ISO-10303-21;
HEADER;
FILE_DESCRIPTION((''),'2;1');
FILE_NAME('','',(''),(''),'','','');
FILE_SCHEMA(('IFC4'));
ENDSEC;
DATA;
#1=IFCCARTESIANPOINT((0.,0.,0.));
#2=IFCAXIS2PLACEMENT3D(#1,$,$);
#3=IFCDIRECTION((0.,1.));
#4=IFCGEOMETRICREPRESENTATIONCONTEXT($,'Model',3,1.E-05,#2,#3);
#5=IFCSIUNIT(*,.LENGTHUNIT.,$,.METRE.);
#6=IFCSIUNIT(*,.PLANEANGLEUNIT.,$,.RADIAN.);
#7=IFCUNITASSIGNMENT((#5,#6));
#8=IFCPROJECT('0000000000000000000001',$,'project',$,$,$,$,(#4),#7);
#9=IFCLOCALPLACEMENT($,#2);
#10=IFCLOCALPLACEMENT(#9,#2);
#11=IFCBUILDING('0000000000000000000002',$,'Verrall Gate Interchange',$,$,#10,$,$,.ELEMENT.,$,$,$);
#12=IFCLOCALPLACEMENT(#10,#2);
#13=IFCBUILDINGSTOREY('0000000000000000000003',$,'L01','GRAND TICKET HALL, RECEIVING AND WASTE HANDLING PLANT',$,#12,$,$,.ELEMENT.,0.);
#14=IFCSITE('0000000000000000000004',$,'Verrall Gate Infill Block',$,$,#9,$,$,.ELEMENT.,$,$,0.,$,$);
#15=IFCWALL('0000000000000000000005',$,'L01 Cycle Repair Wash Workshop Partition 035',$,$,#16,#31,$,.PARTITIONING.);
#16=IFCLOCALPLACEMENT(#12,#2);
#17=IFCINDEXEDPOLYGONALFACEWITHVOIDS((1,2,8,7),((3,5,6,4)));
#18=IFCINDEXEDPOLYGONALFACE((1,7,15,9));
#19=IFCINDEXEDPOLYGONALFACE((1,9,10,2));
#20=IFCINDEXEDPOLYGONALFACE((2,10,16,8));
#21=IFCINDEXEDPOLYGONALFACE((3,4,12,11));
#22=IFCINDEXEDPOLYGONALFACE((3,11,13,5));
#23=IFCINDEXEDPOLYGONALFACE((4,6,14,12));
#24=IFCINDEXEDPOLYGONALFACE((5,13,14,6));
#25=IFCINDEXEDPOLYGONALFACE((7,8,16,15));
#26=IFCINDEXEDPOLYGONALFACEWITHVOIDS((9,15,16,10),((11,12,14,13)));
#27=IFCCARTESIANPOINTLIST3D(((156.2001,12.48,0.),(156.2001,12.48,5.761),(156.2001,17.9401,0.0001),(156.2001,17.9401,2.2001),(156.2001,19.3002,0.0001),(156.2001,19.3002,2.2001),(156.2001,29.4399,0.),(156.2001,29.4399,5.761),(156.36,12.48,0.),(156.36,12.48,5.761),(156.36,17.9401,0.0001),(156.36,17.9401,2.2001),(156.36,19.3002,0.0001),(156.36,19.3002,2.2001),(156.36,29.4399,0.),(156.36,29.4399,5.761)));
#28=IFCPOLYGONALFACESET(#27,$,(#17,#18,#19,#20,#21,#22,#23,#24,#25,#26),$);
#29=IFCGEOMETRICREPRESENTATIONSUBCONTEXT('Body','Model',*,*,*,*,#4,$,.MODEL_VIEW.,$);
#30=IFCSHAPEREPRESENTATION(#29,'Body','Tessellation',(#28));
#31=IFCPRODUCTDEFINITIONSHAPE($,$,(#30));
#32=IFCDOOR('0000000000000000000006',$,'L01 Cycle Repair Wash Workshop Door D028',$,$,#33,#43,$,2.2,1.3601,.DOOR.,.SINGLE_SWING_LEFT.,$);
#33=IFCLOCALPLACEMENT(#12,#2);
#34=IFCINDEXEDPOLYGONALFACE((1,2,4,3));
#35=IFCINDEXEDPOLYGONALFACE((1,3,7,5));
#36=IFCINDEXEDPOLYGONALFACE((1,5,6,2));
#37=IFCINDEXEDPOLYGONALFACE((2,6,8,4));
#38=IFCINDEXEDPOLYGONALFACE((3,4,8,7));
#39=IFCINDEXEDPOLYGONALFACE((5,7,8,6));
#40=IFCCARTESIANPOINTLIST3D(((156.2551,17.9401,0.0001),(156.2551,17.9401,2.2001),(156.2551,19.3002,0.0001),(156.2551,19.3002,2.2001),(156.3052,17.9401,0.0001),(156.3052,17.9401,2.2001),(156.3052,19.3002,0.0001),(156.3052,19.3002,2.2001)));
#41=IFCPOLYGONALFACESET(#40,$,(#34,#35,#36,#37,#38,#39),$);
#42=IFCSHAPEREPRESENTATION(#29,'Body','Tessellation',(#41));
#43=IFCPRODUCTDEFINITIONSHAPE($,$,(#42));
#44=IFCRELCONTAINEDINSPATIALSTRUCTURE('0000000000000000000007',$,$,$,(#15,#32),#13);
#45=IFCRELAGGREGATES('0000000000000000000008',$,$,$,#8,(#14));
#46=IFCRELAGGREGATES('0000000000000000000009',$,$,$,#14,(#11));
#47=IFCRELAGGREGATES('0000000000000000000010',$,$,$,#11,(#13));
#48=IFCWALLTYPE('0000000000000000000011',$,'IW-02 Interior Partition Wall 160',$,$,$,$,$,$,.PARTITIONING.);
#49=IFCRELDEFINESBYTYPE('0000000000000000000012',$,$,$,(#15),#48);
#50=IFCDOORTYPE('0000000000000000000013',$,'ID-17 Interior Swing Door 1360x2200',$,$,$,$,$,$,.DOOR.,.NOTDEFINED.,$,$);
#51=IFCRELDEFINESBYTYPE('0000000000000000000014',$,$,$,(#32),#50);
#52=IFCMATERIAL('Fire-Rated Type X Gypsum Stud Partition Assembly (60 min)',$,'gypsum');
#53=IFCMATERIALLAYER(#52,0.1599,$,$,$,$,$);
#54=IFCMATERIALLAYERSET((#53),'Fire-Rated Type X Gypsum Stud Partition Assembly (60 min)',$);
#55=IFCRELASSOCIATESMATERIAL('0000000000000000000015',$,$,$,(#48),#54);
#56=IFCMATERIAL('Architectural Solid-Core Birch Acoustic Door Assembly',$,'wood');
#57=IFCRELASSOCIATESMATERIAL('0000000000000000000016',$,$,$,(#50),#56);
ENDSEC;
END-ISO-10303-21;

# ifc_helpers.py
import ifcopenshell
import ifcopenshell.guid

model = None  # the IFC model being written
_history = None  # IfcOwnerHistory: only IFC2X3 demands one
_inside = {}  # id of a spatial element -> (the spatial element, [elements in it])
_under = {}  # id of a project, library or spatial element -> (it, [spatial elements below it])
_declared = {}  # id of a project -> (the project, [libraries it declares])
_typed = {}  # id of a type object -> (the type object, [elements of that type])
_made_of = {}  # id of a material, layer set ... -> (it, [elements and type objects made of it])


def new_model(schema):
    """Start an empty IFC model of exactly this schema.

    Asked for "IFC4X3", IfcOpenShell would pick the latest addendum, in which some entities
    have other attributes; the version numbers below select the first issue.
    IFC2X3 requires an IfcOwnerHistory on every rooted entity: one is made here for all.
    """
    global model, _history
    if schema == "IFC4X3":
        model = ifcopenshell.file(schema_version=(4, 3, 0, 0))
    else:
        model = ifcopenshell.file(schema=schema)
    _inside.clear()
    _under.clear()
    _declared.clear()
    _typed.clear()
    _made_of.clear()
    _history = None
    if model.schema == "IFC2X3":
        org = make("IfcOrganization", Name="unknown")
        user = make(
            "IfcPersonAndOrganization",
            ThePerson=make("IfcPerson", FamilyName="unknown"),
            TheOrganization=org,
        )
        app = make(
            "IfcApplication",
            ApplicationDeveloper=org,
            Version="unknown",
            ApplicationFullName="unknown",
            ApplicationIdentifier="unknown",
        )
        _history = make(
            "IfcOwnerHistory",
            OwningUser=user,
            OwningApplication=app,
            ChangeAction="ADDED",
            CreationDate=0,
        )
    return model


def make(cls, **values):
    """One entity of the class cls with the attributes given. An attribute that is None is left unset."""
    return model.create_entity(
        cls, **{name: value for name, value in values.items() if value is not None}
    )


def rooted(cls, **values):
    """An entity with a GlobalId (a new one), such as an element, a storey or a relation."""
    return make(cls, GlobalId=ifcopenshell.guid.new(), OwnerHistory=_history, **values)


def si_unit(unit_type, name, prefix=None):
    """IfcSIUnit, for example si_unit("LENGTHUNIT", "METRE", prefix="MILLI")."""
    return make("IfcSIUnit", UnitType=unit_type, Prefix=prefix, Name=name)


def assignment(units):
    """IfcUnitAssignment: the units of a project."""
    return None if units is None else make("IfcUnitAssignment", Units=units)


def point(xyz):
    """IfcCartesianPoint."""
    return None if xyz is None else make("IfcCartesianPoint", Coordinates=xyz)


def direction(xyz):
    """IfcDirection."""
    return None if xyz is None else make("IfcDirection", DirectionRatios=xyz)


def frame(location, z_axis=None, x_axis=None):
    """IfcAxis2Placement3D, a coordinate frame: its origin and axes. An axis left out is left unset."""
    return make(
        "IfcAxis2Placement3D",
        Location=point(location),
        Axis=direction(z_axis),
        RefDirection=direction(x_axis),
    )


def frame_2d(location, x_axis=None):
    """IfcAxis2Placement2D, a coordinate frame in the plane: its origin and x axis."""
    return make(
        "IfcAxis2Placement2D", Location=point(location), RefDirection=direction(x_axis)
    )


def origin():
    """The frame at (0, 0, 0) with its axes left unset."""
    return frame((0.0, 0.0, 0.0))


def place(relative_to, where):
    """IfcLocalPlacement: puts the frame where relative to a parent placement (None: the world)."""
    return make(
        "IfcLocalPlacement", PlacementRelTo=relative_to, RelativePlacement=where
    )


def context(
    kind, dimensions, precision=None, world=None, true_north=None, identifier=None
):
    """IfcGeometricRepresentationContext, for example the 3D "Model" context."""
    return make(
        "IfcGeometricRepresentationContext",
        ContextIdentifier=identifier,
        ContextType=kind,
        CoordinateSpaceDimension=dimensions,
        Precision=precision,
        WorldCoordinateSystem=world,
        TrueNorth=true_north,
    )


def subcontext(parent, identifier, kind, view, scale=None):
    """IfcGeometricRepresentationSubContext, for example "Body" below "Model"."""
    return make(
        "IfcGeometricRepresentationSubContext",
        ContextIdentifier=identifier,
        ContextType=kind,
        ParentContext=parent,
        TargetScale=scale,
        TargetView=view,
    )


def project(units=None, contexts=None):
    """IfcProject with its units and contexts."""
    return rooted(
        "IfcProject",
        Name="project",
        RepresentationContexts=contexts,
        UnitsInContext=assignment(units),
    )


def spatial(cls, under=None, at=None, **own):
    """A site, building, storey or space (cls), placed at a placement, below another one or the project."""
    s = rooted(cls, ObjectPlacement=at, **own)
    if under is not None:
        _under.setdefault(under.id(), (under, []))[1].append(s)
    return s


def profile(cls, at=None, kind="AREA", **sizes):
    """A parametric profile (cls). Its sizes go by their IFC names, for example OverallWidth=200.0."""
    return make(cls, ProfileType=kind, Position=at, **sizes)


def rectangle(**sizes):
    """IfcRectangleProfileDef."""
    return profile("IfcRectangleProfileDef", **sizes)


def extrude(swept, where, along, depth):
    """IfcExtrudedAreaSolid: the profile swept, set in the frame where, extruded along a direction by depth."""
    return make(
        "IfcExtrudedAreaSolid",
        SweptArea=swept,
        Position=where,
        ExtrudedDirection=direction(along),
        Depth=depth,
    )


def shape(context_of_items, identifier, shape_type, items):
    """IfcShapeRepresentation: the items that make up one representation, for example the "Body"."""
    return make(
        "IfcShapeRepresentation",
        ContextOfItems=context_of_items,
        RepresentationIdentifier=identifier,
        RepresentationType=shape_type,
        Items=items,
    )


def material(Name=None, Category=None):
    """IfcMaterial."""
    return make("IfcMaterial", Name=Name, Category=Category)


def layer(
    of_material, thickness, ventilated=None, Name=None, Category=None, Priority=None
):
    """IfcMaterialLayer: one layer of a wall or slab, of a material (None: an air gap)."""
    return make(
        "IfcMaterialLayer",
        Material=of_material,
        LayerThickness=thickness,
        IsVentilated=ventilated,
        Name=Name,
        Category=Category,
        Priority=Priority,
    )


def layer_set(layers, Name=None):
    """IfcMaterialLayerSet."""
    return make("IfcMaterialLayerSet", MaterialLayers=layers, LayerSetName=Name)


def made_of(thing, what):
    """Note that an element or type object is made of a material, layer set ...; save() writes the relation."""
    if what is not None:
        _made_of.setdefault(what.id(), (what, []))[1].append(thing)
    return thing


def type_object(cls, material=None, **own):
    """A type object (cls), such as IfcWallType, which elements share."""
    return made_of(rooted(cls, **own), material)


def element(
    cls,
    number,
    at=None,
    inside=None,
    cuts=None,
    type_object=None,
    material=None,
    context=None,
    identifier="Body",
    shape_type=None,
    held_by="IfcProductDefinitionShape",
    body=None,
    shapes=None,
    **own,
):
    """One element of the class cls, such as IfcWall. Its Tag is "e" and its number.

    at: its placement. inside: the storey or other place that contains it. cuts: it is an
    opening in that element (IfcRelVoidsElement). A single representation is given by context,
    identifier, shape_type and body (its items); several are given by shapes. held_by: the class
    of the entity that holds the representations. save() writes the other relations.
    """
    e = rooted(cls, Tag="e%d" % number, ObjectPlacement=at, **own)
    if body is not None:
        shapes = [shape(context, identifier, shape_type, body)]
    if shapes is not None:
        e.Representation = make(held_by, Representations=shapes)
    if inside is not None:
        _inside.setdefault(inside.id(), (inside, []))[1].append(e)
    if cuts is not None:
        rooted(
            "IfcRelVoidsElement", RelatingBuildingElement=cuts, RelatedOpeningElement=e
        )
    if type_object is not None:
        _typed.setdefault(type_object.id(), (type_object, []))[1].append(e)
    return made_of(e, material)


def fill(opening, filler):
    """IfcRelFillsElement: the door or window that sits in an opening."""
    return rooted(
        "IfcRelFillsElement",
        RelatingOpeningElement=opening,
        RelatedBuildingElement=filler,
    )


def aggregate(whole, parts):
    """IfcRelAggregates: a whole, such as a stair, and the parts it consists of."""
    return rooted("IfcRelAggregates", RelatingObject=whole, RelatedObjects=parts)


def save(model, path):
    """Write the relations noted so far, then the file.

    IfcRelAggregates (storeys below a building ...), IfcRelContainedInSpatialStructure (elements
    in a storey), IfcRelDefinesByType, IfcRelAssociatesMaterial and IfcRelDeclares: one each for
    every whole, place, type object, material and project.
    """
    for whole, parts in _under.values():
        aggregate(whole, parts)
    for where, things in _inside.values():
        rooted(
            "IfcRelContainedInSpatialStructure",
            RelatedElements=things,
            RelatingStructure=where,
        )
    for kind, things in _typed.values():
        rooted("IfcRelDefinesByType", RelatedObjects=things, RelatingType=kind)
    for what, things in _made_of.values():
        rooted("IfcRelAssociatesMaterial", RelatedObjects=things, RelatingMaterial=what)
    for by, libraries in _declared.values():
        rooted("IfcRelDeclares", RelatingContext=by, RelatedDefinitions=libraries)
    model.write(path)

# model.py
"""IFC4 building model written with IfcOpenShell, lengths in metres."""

from ifc_helpers import new_model, si_unit, direction, frame, frame_2d, origin, place, context, subcontext, project, spatial, rectangle, extrude, material, layer, layer_set, type_object, element, fill, save


model = new_model("IFC4")

# Units and contexts
model_context = context("Model", 3, precision=1e-05, world=origin(), true_north=direction((0.0, 1.0)))
body_context = subcontext(model_context, "Body", "Model", "MODEL_VIEW")
ifc_project = project(units=[si_unit("LENGTHUNIT", "METRE"), si_unit("PLANEANGLEUNIT", "RADIAN")], contexts=[model_context])

# Site, building, storey
site_placement = place(None, origin())
site = spatial("IfcSite", under=ifc_project, at=site_placement, Name="Verrall Gate Infill Block", CompositionType="ELEMENT", RefElevation=0.0)
building_placement = place(site_placement, origin())
building = spatial("IfcBuilding", under=site, at=building_placement, Name="Verrall Gate Interchange", CompositionType="ELEMENT")
storey_placement = place(building_placement, origin())
storey = spatial("IfcBuildingStorey", under=building, at=storey_placement, Name="L01", Description="GRAND TICKET HALL, RECEIVING AND WASTE HANDLING PLANT", CompositionType="ELEMENT", Elevation=0.0)

# Wall, opening, door
ifc_material_1 = material(Name="Fire-Rated Type X Gypsum Stud Partition Assembly (60 min)", Category="gypsum")
ifc_layer_1 = layer(ifc_material_1, 0.1599)
ifc_layer_set_1 = layer_set([ifc_layer_1], Name="Fire-Rated Type X Gypsum Stud Partition Assembly (60 min)")
wall_type = type_object("IfcWallType", Name="IW-02 Interior Partition Wall 160", PredefinedType="PARTITIONING", material=ifc_layer_set_1)
wall_placement = place(storey_placement, frame((156.28, 12.48, 0.0), z_axis=(0.0, 0.0, 1.0), x_axis=(0.0, 1.0, 0.0)))
wall = element("IfcWall", 1, at=wall_placement, inside=storey, type_object=wall_type, Name="L01 Cycle Repair Wash Workshop Partition 035", PredefinedType="PARTITIONING", context=body_context, shape_type="SweptSolid", body=[
    extrude(rectangle(XDim=16.96, YDim=0.1599, at=frame_2d((8.48, 0.0))), origin(), (0.0, 0.0, 1.0), 5.761),
])
opening_placement = place(wall_placement, frame((5.46, 0.0, 0.0)))
opening = element("IfcOpeningElement", 2, at=opening_placement, cuts=wall, PredefinedType="OPENING", context=body_context, shape_type="SweptSolid", body=[
    extrude(rectangle(XDim=1.3601, YDim=2.2, at=frame_2d((0.6802, 1.1001))), frame((0.0, 0.0947, 0.0), z_axis=(0.0, -1.0, 0.0), x_axis=(1.0, 0.0, 0.0)), (0.0, 0.0, 1.0), 0.1897),
])
ifc_material_2 = material(Name="Architectural Solid-Core Birch Acoustic Door Assembly", Category="wood")
door_type = type_object("IfcDoorType", Name="ID-17 Interior Swing Door 1360x2200", OperationType="NOTDEFINED", PredefinedType="DOOR", material=ifc_material_2)
door_placement = place(opening_placement, origin())
door = element("IfcDoor", 3, at=door_placement, inside=storey, type_object=door_type, Name="L01 Cycle Repair Wash Workshop Door D028", OperationType="SINGLE_SWING_LEFT", OverallHeight=2.2, OverallWidth=1.3601, PredefinedType="DOOR", context=body_context, shape_type="SweptSolid", body=[
    extrude(rectangle(XDim=1.3601, YDim=2.2, at=frame_2d((0.6802, 1.1001))), frame((0.0, 0.0249, 0.0), z_axis=(0.0, -1.0, 0.0), x_axis=(1.0, 0.0, 0.0)), (0.0, 0.0, 1.0), 0.05),
])
fill(opening, door)

save(model, "model.ifc")
